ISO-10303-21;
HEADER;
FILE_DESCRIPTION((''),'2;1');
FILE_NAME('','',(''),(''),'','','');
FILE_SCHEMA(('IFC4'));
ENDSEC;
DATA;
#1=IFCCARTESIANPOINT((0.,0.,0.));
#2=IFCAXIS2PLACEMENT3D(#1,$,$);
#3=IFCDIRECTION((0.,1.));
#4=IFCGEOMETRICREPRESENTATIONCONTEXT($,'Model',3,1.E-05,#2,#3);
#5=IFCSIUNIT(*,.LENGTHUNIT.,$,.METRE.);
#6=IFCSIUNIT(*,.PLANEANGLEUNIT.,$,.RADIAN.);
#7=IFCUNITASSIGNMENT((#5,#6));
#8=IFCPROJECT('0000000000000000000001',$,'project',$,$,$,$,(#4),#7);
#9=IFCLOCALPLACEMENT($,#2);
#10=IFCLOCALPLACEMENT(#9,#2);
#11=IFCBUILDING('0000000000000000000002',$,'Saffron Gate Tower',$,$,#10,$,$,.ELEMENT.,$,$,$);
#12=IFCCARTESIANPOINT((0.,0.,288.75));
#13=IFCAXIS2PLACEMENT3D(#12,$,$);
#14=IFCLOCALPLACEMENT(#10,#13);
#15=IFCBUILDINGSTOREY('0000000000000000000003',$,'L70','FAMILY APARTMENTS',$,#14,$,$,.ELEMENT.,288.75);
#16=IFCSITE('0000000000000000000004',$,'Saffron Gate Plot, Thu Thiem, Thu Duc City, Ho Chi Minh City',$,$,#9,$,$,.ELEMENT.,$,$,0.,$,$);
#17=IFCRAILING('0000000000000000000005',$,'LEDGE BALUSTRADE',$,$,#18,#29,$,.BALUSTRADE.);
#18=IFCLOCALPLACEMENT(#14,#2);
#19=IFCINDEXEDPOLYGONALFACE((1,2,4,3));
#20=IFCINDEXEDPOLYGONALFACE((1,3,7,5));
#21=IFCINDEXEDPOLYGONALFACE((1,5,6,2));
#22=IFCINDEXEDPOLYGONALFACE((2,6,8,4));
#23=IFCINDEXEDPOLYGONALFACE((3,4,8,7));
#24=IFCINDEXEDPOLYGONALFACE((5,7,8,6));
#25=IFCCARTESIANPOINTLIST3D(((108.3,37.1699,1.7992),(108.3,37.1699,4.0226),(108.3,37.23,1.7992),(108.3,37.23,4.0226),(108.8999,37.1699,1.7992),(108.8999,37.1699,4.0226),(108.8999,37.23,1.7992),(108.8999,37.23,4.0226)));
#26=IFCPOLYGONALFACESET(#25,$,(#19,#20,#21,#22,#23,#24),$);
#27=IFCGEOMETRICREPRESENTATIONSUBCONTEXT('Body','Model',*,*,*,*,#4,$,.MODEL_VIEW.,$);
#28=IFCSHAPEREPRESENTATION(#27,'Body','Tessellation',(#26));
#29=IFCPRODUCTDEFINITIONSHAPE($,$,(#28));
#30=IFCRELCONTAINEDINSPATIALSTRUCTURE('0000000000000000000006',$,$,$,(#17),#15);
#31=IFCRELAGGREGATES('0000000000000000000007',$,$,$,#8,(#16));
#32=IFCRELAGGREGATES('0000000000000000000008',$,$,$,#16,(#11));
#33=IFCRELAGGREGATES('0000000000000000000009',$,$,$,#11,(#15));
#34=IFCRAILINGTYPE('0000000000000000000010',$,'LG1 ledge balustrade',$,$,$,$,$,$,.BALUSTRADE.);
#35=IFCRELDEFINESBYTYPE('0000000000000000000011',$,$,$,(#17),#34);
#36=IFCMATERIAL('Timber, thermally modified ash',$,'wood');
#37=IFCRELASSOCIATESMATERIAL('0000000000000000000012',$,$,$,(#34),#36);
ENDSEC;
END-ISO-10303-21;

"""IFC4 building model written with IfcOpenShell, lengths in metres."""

from ifc_helpers import new_model, si_unit, direction, frame, origin, origin_2d, place, context, subcontext, project, spatial, rectangle, extrude, material, type_object, element, save


model = new_model("IFC4")

# Units and contexts
model_context = context("Model", 3, precision=1e-05, world=origin(), true_north=direction((0.0, 1.0)))
body_context = subcontext(model_context, "Body", "Model", "MODEL_VIEW")
ifc_project = project(units=[si_unit("LENGTHUNIT", "METRE"), si_unit("PLANEANGLEUNIT", "RADIAN")], contexts=[model_context])

# Site, building, storey
site_placement = place(None, origin())
site = spatial("IfcSite", under=ifc_project, at=site_placement, Name="Saffron Gate Plot, Thu Thiem, Thu Duc City, Ho Chi Minh City", CompositionType="ELEMENT", RefElevation=0.0)
building_placement = place(site_placement, origin())
building = spatial("IfcBuilding", under=site, at=building_placement, Name="Saffron Gate Tower", CompositionType="ELEMENT")
storey_placement = place(building_placement, frame((0.0, 0.0, 288.75)))
storey = spatial("IfcBuildingStorey", under=building, at=storey_placement, Name="L70", Description="FAMILY APARTMENTS", CompositionType="ELEMENT", Elevation=288.75)

# Shared definitions
ifc_material_1 = material(Name="Timber, thermally modified ash", Category="wood")

# Railing
railing_type_1 = type_object("IfcRailingType", Name="LG1 ledge balustrade", PredefinedType="BALUSTRADE", material=ifc_material_1)
railing_1_placement = place(storey_placement, frame((108.3, 37.2, 1.7991)))
element("IfcRailing", 1, at=railing_1_placement, inside=storey, type_object=railing_type_1, Name="LEDGE BALUSTRADE", PredefinedType="BALUSTRADE", context=body_context, shape_type="SweptSolid", body=[
    extrude(rectangle(XDim=0.0601, YDim=2.2234, at=origin_2d()), frame((0.0, 0.0, 1.1118), z_axis=(1.0, 0.0, 0.0), x_axis=(0.0, 1.0, 0.0)), (0.0, 0.0, 1.0), 0.5999),
])

save(model, "model.ifc")
